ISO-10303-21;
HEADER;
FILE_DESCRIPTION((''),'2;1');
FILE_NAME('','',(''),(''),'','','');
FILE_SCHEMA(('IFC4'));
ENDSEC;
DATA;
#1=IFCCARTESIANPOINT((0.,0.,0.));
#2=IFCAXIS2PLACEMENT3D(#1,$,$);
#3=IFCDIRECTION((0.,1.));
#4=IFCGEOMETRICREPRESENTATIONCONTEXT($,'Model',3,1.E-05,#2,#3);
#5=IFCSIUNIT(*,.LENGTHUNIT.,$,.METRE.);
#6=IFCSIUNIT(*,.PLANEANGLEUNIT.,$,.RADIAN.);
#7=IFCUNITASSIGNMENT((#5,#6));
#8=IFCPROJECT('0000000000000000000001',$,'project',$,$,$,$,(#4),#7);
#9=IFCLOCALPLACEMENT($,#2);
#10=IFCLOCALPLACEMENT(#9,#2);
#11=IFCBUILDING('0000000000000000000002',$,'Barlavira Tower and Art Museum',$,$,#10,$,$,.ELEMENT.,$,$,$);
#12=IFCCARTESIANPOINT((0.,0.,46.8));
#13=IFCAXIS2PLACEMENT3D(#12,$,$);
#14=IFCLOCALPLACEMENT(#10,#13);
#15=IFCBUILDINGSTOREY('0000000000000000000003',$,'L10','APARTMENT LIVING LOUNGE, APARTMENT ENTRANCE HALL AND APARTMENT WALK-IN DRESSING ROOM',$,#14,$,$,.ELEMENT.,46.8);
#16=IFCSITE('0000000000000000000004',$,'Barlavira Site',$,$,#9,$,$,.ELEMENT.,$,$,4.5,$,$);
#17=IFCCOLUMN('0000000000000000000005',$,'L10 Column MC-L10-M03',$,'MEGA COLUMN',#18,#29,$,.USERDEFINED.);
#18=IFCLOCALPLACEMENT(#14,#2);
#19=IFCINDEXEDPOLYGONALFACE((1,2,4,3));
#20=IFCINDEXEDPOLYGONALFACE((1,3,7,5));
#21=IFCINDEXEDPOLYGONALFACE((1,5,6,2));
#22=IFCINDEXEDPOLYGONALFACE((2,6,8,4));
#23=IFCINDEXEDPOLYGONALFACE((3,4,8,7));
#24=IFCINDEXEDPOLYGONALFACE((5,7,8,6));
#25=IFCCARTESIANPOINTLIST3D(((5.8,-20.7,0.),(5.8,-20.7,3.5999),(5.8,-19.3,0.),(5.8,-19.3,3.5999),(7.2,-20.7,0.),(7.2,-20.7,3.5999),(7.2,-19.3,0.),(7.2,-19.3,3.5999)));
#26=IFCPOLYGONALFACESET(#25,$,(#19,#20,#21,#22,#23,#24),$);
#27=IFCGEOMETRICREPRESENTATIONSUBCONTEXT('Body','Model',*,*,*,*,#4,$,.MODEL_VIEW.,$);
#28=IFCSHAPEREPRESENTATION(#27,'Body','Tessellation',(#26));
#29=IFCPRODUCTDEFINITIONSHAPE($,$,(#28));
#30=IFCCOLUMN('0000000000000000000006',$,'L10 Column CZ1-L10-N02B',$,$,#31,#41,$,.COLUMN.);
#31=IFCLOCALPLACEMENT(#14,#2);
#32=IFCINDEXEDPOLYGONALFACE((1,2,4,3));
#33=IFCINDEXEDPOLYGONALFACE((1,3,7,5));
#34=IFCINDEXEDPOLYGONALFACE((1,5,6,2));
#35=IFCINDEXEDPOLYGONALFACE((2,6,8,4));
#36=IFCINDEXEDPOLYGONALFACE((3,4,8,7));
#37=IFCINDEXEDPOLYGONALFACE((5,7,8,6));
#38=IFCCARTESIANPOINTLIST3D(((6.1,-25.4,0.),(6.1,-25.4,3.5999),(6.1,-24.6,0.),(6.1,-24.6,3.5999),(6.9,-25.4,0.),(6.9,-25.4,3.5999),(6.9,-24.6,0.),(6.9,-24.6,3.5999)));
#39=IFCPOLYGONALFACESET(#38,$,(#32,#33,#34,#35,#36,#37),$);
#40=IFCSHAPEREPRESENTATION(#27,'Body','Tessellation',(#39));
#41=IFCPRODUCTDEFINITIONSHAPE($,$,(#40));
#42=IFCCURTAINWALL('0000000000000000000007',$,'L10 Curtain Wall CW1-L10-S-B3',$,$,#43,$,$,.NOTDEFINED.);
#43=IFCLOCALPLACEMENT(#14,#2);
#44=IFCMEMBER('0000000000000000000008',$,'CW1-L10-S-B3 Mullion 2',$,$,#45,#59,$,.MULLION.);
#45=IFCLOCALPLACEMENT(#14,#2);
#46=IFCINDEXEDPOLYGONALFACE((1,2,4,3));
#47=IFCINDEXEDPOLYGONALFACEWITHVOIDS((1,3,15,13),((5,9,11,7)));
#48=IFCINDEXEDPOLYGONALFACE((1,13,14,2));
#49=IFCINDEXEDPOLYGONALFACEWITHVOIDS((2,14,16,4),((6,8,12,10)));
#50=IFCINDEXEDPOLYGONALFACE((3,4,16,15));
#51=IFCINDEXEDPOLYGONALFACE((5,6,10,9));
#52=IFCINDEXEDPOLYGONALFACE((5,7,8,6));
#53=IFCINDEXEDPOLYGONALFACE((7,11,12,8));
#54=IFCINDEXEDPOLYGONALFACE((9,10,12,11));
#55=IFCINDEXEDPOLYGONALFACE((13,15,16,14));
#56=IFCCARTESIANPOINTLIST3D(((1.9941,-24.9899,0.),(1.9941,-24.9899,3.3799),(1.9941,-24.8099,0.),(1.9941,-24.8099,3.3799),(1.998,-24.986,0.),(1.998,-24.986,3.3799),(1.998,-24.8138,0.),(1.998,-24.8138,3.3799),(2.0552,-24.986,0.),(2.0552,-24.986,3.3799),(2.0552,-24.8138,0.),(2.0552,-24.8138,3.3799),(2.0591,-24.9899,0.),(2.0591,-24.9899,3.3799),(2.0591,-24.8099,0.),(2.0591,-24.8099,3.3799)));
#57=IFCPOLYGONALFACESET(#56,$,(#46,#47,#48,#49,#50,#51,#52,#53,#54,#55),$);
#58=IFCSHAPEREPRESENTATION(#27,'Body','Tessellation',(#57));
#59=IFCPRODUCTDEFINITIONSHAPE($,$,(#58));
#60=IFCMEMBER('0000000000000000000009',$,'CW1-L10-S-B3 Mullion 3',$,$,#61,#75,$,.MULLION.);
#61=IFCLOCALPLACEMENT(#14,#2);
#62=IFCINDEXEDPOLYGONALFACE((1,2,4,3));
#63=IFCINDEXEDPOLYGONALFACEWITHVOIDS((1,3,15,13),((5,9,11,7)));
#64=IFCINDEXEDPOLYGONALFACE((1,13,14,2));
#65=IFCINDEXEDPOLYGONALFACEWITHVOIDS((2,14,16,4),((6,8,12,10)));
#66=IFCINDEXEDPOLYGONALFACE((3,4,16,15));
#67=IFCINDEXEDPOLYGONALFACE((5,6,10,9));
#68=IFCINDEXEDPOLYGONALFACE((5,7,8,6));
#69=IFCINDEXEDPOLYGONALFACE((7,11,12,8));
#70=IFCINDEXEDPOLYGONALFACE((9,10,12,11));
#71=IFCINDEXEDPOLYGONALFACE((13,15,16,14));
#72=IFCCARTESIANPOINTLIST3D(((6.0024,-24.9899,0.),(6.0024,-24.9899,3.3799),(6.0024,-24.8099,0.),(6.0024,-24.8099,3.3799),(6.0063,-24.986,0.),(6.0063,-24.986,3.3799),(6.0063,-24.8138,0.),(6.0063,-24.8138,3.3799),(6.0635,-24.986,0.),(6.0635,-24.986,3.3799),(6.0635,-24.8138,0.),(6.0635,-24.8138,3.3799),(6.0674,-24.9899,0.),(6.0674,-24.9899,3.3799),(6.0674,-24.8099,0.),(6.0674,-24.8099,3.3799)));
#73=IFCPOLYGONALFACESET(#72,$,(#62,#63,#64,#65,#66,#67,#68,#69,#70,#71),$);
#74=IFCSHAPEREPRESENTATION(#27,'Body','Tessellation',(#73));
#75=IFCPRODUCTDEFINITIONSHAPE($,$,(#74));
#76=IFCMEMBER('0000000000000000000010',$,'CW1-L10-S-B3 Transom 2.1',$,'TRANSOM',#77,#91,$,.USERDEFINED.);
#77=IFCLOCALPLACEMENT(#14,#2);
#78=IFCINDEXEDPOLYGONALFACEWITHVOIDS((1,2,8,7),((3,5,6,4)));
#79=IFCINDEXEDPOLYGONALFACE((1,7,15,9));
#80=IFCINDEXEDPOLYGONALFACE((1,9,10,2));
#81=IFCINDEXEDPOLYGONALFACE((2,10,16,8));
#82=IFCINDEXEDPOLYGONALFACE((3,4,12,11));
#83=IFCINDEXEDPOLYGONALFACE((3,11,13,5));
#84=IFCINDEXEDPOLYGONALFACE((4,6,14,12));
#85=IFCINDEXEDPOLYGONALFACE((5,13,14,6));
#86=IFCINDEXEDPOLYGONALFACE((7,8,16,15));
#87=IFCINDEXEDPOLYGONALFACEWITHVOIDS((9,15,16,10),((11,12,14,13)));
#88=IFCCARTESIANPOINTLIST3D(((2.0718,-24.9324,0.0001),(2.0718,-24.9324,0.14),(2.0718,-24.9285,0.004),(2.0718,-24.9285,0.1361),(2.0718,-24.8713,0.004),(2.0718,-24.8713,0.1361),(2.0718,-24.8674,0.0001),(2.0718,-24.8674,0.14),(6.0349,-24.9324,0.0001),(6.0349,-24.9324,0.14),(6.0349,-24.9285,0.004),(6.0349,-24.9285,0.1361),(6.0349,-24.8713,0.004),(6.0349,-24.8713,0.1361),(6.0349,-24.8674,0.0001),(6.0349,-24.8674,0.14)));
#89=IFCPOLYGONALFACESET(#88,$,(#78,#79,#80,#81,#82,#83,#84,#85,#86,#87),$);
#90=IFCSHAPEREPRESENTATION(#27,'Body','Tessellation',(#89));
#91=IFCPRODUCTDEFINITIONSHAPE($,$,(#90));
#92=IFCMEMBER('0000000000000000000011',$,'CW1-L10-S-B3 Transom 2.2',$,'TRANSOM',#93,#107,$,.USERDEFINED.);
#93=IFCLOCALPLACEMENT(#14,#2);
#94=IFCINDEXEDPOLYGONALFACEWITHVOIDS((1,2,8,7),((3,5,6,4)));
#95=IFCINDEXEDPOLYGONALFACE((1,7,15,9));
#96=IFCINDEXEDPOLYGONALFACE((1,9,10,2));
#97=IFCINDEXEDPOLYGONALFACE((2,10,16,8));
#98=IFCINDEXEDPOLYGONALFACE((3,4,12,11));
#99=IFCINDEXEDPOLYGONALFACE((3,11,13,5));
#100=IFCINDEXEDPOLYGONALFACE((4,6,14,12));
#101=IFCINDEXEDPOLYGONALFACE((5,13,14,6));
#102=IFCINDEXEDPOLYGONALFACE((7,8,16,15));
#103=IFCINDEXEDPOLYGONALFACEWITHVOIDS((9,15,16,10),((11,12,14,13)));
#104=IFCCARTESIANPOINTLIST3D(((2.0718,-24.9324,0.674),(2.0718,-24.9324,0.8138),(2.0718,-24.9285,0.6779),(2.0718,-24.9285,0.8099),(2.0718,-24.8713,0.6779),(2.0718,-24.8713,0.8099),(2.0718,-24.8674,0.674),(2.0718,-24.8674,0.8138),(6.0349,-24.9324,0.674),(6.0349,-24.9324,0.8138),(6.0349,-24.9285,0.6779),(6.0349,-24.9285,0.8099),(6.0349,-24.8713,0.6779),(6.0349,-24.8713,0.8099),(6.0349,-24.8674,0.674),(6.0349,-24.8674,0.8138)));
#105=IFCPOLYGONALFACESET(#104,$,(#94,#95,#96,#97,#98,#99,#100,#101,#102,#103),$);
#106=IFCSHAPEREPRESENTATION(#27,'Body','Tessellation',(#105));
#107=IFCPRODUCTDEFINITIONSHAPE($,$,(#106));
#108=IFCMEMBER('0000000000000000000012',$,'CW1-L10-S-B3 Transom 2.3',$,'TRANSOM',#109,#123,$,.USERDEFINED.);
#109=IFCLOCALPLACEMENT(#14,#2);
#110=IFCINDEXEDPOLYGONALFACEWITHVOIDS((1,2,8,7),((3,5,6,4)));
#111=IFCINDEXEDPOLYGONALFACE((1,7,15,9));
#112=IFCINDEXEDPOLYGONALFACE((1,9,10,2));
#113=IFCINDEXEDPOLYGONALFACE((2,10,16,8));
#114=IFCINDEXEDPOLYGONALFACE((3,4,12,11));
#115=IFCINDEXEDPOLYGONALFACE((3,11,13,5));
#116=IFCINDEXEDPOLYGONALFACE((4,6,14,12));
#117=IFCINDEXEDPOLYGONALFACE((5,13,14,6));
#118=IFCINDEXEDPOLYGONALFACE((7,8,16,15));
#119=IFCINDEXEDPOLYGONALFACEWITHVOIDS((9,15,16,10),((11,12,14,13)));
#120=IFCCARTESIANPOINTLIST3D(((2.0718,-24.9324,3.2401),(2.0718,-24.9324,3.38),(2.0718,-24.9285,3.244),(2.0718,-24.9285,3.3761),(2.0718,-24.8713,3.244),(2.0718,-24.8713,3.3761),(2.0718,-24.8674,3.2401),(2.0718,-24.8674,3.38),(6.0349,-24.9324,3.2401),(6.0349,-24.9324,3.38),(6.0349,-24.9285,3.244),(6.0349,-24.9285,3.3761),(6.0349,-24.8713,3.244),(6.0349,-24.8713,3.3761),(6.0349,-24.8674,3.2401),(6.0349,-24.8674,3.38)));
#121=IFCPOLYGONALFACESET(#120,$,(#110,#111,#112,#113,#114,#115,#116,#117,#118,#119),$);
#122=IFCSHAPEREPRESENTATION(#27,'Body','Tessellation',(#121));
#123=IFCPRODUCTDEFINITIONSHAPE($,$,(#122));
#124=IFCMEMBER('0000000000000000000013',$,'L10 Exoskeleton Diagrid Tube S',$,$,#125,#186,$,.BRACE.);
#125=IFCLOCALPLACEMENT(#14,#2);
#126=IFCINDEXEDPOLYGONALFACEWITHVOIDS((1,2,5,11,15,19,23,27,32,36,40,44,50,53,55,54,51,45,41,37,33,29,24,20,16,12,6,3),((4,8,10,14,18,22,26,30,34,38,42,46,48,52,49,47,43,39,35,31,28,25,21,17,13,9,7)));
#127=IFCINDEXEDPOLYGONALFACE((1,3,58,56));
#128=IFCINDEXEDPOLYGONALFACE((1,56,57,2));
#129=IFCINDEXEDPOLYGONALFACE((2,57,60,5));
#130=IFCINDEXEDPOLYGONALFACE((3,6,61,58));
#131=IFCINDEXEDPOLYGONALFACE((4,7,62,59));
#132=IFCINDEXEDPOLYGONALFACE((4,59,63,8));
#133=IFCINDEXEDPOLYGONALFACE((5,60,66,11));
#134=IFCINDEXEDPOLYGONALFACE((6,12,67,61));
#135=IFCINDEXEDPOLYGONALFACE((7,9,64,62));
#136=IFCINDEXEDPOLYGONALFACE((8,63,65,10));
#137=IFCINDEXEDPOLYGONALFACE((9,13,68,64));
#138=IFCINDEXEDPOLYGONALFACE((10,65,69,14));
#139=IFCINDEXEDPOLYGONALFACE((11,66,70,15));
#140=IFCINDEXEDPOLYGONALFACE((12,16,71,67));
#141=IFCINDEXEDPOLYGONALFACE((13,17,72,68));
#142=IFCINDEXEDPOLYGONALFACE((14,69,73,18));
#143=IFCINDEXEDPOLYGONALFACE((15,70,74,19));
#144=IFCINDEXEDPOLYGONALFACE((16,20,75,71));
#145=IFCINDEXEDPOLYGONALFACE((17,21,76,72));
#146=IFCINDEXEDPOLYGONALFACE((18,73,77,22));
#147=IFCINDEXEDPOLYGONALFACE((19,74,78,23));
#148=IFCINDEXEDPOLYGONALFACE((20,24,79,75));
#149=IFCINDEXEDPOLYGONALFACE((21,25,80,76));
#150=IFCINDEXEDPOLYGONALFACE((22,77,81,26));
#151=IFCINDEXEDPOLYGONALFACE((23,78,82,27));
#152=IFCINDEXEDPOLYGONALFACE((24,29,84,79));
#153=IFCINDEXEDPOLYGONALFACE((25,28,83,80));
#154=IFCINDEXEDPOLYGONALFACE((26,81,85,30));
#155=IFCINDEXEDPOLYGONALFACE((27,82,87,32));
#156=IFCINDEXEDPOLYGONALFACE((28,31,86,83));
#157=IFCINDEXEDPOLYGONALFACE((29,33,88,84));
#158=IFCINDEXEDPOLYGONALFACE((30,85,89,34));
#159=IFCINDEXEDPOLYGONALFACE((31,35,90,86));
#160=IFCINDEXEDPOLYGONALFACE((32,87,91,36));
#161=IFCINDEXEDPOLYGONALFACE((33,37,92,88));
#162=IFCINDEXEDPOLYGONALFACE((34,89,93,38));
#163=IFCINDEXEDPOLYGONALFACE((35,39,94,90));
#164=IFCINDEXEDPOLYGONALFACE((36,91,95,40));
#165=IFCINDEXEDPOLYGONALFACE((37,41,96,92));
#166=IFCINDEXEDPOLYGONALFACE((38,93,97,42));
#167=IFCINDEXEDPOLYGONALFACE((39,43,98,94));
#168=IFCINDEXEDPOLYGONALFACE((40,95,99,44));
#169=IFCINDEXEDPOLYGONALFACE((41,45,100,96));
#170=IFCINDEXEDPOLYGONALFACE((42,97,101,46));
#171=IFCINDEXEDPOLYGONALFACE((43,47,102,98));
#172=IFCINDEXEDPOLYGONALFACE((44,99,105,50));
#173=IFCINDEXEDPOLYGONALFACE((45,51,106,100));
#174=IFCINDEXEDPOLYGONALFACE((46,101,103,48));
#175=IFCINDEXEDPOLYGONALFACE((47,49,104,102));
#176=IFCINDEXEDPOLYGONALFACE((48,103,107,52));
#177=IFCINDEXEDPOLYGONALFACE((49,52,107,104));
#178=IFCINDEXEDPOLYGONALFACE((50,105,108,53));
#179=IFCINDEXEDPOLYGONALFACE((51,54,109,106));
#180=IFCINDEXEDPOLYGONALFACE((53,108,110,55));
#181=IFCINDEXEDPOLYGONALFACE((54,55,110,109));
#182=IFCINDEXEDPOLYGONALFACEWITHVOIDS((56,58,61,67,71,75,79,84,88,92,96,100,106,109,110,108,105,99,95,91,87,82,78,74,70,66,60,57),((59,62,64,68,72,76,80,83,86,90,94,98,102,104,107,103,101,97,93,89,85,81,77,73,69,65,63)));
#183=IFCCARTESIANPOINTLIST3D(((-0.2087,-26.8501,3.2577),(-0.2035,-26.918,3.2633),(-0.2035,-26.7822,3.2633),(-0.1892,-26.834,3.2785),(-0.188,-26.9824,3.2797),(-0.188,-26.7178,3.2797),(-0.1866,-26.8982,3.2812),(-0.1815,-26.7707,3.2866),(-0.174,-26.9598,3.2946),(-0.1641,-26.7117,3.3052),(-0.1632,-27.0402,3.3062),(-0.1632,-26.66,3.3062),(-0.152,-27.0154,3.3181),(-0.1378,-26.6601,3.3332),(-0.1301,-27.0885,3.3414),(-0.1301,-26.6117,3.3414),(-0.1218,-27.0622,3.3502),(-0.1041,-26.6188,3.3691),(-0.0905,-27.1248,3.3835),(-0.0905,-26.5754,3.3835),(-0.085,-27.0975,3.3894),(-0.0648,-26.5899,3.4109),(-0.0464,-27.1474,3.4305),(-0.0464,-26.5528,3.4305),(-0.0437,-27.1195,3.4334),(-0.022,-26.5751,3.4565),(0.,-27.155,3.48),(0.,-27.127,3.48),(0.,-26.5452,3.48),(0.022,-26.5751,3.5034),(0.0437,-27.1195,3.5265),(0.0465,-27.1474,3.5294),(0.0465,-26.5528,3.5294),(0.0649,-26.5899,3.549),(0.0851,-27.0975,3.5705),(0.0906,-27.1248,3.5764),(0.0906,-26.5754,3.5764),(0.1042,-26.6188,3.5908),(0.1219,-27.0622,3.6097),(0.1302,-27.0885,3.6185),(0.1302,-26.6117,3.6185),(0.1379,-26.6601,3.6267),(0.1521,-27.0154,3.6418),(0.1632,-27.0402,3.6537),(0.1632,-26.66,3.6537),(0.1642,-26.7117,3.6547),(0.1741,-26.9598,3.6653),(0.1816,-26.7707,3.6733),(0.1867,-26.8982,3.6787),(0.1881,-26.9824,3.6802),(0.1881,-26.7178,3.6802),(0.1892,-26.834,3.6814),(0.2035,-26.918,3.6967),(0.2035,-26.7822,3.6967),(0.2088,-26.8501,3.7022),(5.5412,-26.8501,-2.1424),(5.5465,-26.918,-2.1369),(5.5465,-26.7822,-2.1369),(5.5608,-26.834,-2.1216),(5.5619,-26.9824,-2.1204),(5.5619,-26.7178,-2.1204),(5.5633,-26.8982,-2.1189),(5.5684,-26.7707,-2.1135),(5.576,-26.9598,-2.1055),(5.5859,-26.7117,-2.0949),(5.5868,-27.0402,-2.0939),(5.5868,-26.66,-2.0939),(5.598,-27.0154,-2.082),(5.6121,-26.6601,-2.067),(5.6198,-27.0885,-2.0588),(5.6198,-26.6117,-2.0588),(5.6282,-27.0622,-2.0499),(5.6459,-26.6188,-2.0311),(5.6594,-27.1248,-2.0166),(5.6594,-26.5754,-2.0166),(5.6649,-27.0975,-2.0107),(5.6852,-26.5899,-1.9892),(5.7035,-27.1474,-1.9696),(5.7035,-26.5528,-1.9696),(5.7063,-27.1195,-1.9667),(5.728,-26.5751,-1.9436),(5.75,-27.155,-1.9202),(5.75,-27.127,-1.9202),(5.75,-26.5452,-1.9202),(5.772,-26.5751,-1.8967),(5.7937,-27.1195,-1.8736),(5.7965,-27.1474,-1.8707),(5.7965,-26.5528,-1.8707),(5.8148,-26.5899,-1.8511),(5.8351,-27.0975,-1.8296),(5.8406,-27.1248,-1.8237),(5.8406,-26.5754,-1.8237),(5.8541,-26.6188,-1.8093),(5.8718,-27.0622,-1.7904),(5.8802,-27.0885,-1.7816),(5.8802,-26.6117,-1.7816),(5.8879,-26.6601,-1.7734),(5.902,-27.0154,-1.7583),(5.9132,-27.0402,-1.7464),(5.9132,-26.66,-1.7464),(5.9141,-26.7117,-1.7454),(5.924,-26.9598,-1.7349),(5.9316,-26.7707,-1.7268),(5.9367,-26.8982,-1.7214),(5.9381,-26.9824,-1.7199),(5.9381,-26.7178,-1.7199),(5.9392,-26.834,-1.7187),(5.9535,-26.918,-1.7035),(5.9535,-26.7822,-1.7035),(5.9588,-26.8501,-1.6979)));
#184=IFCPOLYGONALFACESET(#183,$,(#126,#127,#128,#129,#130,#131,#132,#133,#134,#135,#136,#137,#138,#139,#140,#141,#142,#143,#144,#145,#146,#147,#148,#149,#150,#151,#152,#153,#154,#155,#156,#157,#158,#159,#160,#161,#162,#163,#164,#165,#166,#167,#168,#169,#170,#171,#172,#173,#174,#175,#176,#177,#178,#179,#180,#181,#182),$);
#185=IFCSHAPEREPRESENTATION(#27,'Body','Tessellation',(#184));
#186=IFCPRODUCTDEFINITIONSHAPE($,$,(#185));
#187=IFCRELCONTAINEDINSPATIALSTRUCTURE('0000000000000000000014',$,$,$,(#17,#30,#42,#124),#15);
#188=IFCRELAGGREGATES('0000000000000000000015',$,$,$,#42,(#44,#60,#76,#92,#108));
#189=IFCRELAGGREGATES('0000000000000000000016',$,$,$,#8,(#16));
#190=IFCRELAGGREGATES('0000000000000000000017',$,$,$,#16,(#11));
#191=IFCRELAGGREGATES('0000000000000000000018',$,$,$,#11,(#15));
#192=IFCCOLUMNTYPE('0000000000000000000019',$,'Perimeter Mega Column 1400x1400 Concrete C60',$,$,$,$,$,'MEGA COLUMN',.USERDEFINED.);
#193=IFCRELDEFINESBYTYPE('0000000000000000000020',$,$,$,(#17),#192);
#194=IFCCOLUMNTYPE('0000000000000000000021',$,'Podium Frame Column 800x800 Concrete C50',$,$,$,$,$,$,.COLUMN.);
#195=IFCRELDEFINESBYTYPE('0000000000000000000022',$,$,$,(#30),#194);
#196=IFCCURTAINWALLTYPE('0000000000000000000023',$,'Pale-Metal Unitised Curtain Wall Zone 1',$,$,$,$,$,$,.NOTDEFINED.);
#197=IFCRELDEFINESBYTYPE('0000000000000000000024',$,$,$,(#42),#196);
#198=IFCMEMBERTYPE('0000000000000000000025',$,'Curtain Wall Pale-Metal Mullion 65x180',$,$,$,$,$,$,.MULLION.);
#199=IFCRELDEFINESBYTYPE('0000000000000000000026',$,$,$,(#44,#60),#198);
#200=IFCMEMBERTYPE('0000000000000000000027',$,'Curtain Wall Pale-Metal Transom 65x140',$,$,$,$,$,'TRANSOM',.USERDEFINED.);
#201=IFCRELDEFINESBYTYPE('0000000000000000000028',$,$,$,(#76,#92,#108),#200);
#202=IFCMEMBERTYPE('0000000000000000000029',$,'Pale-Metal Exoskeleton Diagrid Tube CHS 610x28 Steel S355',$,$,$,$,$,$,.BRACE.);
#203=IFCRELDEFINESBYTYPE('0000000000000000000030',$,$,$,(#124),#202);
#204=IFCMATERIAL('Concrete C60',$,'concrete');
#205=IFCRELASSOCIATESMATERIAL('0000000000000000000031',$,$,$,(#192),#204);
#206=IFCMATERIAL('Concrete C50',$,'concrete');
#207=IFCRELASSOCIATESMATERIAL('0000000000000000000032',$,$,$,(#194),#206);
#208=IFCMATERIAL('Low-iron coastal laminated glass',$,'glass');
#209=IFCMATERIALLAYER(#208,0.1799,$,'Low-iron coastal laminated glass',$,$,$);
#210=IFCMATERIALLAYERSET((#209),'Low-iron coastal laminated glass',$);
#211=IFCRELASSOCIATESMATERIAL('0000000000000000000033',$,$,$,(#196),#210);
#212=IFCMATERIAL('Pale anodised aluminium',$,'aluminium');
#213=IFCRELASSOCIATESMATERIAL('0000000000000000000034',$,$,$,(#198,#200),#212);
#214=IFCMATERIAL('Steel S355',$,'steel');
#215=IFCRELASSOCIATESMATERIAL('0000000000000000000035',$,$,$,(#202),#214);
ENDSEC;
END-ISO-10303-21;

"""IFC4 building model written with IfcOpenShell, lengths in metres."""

from ifc_helpers import new_model, si_unit, direction, frame, origin, origin_2d, place, context, subcontext, project, spatial, rectangle, hollow_rectangle, hollow_circle, extrude, material, layer, layer_set, material_profile, profile_set, type_object, element, aggregate, save


model = new_model("IFC4")

# Units and contexts
model_context = context("Model", 3, precision=1e-05, world=origin(), true_north=direction((0.0, 1.0)))
body_context = subcontext(model_context, "Body", "Model", "MODEL_VIEW")
ifc_project = project(units=[si_unit("LENGTHUNIT", "METRE"), si_unit("PLANEANGLEUNIT", "RADIAN")], contexts=[model_context])

# Site, building, storey
site_placement = place(None, origin())
site = spatial("IfcSite", under=ifc_project, at=site_placement, Name="Barlavira Site", CompositionType="ELEMENT", RefElevation=4.5)
building_placement = place(site_placement, origin())
building = spatial("IfcBuilding", under=site, at=building_placement, Name="Barlavira Tower and Art Museum", CompositionType="ELEMENT")
storey_placement = place(building_placement, frame((0.0, 0.0, 46.8)))
storey = spatial("IfcBuildingStorey", under=building, at=storey_placement, Name="L10", Description="APARTMENT LIVING LOUNGE, APARTMENT ENTRANCE HALL AND APARTMENT WALK-IN DRESSING ROOM", CompositionType="ELEMENT", Elevation=46.8)

# Columns
ifc_material_1 = material(Name="Concrete C60", Category="concrete")
ifc_material_profile_1 = material_profile(ifc_material_1, rectangle(XDim=1.3999, YDim=1.3999, at=origin_2d()), Name="RC-MCOL 1400x1400")
ifc_profile_set_1 = profile_set([ifc_material_profile_1], Name="Concrete C60")
column_type_1 = type_object("IfcColumnType", Name="Perimeter Mega Column 1400x1400 Concrete C60", ElementType="MEGA COLUMN", PredefinedType="USERDEFINED", material=ifc_profile_set_1)
column_1_placement = place(storey_placement, frame((6.5, -20.0, 0.0), z_axis=(0.0, 0.0, 1.0), x_axis=(1.0, 0.0, 0.0)))
element("IfcColumn", 1, at=column_1_placement, inside=storey, type_object=column_type_1, Name="L10 Column MC-L10-M03", ObjectType="MEGA COLUMN", PredefinedType="USERDEFINED", context=body_context, shape_type="SweptSolid", body=[
    extrude(rectangle(XDim=1.3999, YDim=1.3999, at=origin_2d()), origin(), (0.0, 0.0, 1.0), 3.5999),
])
ifc_material_2 = material(Name="Concrete C50", Category="concrete")
ifc_material_profile_2 = material_profile(ifc_material_2, rectangle(XDim=0.8, YDim=0.8, at=origin_2d()), Name="RC-COL 800x800")
ifc_profile_set_2 = profile_set([ifc_material_profile_2], Name="Concrete C50")
column_type_2 = type_object("IfcColumnType", Name="Podium Frame Column 800x800 Concrete C50", PredefinedType="COLUMN", material=ifc_profile_set_2)
column_2_placement = place(storey_placement, frame((6.5, -25.0, 0.0), z_axis=(0.0, 0.0, 1.0), x_axis=(1.0, 0.0, 0.0)))
element("IfcColumn", 2, at=column_2_placement, inside=storey, type_object=column_type_2, Name="L10 Column CZ1-L10-N02B", PredefinedType="COLUMN", context=body_context, shape_type="SweptSolid", body=[
    extrude(rectangle(XDim=0.8, YDim=0.8, at=origin_2d()), origin(), (0.0, 0.0, 1.0), 3.5999),
])

# Curtain wall, members
ifc_material_3 = material(Name="Low-iron coastal laminated glass", Category="glass")
ifc_layer_1 = layer(ifc_material_3, 0.1799, Name="Low-iron coastal laminated glass")
ifc_layer_set_1 = layer_set([ifc_layer_1], Name="Low-iron coastal laminated glass")
curtain_wall_type = type_object("IfcCurtainWallType", Name="Pale-Metal Unitised Curtain Wall Zone 1", PredefinedType="NOTDEFINED", material=ifc_layer_set_1)
curtain_wall_placement = place(storey_placement, origin())
curtain_wall = element("IfcCurtainWall", 3, at=curtain_wall_placement, inside=storey, type_object=curtain_wall_type, Name="L10 Curtain Wall CW1-L10-S-B3", PredefinedType="NOTDEFINED")
ifc_material_4 = material(Name="Pale anodised aluminium", Category="aluminium")
ifc_material_profile_3 = material_profile(ifc_material_4, hollow_rectangle(XDim=0.0649, YDim=0.1799, WallThickness=0.0039, at=origin_2d()), Name="ALU-MULL 65x180x4")
ifc_profile_set_3 = profile_set([ifc_material_profile_3], Name="Pale anodised aluminium")
member_type_1 = type_object("IfcMemberType", Name="Curtain Wall Pale-Metal Mullion 65x180", PredefinedType="MULLION", material=ifc_profile_set_3)
member_1_placement = place(storey_placement, frame((2.0266, -24.8999, 0.0), z_axis=(0.0, 0.0, 1.0), x_axis=(1.0, 0.0, 0.0)))
member_1 = element("IfcMember", 4, at=member_1_placement, type_object=member_type_1, Name="CW1-L10-S-B3 Mullion 2", PredefinedType="MULLION", context=body_context, shape_type="SweptSolid", body=[
    extrude(hollow_rectangle(XDim=0.0649, YDim=0.1799, WallThickness=0.0039, at=origin_2d()), origin(), (0.0, 0.0, 1.0), 3.3799),
])
member_2_placement = place(storey_placement, frame((6.0349, -24.8999, 0.0), z_axis=(0.0, 0.0, 1.0), x_axis=(1.0, 0.0, 0.0)))
member_2 = element("IfcMember", 5, at=member_2_placement, type_object=member_type_1, Name="CW1-L10-S-B3 Mullion 3", PredefinedType="MULLION", context=body_context, shape_type="SweptSolid", body=[
    extrude(hollow_rectangle(XDim=0.0649, YDim=0.1799, WallThickness=0.0039, at=origin_2d()), origin(), (0.0, 0.0, 1.0), 3.3799),
])
ifc_material_profile_4 = material_profile(ifc_material_4, hollow_rectangle(XDim=0.0649, YDim=0.1399, WallThickness=0.0039, at=origin_2d()), Name="ALU-TRAN 65x140x4")
ifc_profile_set_4 = profile_set([ifc_material_profile_4], Name="Pale anodised aluminium")
member_type_2 = type_object("IfcMemberType", Name="Curtain Wall Pale-Metal Transom 65x140", ElementType="TRANSOM", PredefinedType="USERDEFINED", material=ifc_profile_set_4)
member_3_placement = place(storey_placement, frame((2.0718, -24.8999, 0.0701), z_axis=(1.0, 0.0, 0.0), x_axis=(0.0, 1.0, 0.0)))
member_3 = element("IfcMember", 6, at=member_3_placement, type_object=member_type_2, Name="CW1-L10-S-B3 Transom 2.1", ObjectType="TRANSOM", PredefinedType="USERDEFINED", context=body_context, shape_type="SweptSolid", body=[
    extrude(hollow_rectangle(XDim=0.0649, YDim=0.1399, WallThickness=0.0039, at=origin_2d()), origin(), (0.0, 0.0, 1.0), 3.9631),
])
member_4_placement = place(storey_placement, frame((2.0718, -24.8999, 0.7439), z_axis=(1.0, 0.0, 0.0), x_axis=(0.0, 1.0, 0.0)))
member_4 = element("IfcMember", 7, at=member_4_placement, type_object=member_type_2, Name="CW1-L10-S-B3 Transom 2.2", ObjectType="TRANSOM", PredefinedType="USERDEFINED", context=body_context, shape_type="SweptSolid", body=[
    extrude(hollow_rectangle(XDim=0.0649, YDim=0.1399, WallThickness=0.0039, at=origin_2d()), origin(), (0.0, 0.0, 1.0), 3.9631),
])
member_5_placement = place(storey_placement, frame((2.0718, -24.8999, 3.3101), z_axis=(1.0, 0.0, 0.0), x_axis=(0.0, 1.0, 0.0)))
member_5 = element("IfcMember", 8, at=member_5_placement, type_object=member_type_2, Name="CW1-L10-S-B3 Transom 2.3", ObjectType="TRANSOM", PredefinedType="USERDEFINED", context=body_context, shape_type="SweptSolid", body=[
    extrude(hollow_rectangle(XDim=0.0649, YDim=0.1399, WallThickness=0.0039, at=origin_2d()), origin(), (0.0, 0.0, 1.0), 3.9631),
])

# Member
ifc_material_5 = material(Name="Steel S355", Category="steel")
ifc_material_profile_5 = material_profile(ifc_material_5, hollow_circle(Radius=0.3049, WallThickness=0.0281, at=origin_2d()), Name="CHS 610.0x28.0")
ifc_profile_set_5 = profile_set([ifc_material_profile_5], Name="Steel S355")
member_type_3 = type_object("IfcMemberType", Name="Pale-Metal Exoskeleton Diagrid Tube CHS 610x28 Steel S355", PredefinedType="BRACE", material=ifc_profile_set_5)
for number, where, z_axis, x_axis, name in (
    (9, (5.75, -26.8501, -1.9202), (-0.728935, 0.0, 0.684583), (0.0, -1.0, 0.0), "L10 Exoskeleton Diagrid Tube S"),
):
    element("IfcMember", number, at=place(storey_placement, frame(where, z_axis=z_axis, x_axis=x_axis)), inside=storey, type_object=member_type_3, Name=name, PredefinedType="BRACE", context=body_context, shape_type="SweptSolid", body=[
        extrude(hollow_circle(Radius=0.3049, WallThickness=0.0281, at=origin_2d()), origin(), (0.0, 0.0, 1.0), 7.8882),
    ])

aggregate(curtain_wall, [member_1, member_2, member_3, member_4, member_5])

save(model, "model.ifc")
